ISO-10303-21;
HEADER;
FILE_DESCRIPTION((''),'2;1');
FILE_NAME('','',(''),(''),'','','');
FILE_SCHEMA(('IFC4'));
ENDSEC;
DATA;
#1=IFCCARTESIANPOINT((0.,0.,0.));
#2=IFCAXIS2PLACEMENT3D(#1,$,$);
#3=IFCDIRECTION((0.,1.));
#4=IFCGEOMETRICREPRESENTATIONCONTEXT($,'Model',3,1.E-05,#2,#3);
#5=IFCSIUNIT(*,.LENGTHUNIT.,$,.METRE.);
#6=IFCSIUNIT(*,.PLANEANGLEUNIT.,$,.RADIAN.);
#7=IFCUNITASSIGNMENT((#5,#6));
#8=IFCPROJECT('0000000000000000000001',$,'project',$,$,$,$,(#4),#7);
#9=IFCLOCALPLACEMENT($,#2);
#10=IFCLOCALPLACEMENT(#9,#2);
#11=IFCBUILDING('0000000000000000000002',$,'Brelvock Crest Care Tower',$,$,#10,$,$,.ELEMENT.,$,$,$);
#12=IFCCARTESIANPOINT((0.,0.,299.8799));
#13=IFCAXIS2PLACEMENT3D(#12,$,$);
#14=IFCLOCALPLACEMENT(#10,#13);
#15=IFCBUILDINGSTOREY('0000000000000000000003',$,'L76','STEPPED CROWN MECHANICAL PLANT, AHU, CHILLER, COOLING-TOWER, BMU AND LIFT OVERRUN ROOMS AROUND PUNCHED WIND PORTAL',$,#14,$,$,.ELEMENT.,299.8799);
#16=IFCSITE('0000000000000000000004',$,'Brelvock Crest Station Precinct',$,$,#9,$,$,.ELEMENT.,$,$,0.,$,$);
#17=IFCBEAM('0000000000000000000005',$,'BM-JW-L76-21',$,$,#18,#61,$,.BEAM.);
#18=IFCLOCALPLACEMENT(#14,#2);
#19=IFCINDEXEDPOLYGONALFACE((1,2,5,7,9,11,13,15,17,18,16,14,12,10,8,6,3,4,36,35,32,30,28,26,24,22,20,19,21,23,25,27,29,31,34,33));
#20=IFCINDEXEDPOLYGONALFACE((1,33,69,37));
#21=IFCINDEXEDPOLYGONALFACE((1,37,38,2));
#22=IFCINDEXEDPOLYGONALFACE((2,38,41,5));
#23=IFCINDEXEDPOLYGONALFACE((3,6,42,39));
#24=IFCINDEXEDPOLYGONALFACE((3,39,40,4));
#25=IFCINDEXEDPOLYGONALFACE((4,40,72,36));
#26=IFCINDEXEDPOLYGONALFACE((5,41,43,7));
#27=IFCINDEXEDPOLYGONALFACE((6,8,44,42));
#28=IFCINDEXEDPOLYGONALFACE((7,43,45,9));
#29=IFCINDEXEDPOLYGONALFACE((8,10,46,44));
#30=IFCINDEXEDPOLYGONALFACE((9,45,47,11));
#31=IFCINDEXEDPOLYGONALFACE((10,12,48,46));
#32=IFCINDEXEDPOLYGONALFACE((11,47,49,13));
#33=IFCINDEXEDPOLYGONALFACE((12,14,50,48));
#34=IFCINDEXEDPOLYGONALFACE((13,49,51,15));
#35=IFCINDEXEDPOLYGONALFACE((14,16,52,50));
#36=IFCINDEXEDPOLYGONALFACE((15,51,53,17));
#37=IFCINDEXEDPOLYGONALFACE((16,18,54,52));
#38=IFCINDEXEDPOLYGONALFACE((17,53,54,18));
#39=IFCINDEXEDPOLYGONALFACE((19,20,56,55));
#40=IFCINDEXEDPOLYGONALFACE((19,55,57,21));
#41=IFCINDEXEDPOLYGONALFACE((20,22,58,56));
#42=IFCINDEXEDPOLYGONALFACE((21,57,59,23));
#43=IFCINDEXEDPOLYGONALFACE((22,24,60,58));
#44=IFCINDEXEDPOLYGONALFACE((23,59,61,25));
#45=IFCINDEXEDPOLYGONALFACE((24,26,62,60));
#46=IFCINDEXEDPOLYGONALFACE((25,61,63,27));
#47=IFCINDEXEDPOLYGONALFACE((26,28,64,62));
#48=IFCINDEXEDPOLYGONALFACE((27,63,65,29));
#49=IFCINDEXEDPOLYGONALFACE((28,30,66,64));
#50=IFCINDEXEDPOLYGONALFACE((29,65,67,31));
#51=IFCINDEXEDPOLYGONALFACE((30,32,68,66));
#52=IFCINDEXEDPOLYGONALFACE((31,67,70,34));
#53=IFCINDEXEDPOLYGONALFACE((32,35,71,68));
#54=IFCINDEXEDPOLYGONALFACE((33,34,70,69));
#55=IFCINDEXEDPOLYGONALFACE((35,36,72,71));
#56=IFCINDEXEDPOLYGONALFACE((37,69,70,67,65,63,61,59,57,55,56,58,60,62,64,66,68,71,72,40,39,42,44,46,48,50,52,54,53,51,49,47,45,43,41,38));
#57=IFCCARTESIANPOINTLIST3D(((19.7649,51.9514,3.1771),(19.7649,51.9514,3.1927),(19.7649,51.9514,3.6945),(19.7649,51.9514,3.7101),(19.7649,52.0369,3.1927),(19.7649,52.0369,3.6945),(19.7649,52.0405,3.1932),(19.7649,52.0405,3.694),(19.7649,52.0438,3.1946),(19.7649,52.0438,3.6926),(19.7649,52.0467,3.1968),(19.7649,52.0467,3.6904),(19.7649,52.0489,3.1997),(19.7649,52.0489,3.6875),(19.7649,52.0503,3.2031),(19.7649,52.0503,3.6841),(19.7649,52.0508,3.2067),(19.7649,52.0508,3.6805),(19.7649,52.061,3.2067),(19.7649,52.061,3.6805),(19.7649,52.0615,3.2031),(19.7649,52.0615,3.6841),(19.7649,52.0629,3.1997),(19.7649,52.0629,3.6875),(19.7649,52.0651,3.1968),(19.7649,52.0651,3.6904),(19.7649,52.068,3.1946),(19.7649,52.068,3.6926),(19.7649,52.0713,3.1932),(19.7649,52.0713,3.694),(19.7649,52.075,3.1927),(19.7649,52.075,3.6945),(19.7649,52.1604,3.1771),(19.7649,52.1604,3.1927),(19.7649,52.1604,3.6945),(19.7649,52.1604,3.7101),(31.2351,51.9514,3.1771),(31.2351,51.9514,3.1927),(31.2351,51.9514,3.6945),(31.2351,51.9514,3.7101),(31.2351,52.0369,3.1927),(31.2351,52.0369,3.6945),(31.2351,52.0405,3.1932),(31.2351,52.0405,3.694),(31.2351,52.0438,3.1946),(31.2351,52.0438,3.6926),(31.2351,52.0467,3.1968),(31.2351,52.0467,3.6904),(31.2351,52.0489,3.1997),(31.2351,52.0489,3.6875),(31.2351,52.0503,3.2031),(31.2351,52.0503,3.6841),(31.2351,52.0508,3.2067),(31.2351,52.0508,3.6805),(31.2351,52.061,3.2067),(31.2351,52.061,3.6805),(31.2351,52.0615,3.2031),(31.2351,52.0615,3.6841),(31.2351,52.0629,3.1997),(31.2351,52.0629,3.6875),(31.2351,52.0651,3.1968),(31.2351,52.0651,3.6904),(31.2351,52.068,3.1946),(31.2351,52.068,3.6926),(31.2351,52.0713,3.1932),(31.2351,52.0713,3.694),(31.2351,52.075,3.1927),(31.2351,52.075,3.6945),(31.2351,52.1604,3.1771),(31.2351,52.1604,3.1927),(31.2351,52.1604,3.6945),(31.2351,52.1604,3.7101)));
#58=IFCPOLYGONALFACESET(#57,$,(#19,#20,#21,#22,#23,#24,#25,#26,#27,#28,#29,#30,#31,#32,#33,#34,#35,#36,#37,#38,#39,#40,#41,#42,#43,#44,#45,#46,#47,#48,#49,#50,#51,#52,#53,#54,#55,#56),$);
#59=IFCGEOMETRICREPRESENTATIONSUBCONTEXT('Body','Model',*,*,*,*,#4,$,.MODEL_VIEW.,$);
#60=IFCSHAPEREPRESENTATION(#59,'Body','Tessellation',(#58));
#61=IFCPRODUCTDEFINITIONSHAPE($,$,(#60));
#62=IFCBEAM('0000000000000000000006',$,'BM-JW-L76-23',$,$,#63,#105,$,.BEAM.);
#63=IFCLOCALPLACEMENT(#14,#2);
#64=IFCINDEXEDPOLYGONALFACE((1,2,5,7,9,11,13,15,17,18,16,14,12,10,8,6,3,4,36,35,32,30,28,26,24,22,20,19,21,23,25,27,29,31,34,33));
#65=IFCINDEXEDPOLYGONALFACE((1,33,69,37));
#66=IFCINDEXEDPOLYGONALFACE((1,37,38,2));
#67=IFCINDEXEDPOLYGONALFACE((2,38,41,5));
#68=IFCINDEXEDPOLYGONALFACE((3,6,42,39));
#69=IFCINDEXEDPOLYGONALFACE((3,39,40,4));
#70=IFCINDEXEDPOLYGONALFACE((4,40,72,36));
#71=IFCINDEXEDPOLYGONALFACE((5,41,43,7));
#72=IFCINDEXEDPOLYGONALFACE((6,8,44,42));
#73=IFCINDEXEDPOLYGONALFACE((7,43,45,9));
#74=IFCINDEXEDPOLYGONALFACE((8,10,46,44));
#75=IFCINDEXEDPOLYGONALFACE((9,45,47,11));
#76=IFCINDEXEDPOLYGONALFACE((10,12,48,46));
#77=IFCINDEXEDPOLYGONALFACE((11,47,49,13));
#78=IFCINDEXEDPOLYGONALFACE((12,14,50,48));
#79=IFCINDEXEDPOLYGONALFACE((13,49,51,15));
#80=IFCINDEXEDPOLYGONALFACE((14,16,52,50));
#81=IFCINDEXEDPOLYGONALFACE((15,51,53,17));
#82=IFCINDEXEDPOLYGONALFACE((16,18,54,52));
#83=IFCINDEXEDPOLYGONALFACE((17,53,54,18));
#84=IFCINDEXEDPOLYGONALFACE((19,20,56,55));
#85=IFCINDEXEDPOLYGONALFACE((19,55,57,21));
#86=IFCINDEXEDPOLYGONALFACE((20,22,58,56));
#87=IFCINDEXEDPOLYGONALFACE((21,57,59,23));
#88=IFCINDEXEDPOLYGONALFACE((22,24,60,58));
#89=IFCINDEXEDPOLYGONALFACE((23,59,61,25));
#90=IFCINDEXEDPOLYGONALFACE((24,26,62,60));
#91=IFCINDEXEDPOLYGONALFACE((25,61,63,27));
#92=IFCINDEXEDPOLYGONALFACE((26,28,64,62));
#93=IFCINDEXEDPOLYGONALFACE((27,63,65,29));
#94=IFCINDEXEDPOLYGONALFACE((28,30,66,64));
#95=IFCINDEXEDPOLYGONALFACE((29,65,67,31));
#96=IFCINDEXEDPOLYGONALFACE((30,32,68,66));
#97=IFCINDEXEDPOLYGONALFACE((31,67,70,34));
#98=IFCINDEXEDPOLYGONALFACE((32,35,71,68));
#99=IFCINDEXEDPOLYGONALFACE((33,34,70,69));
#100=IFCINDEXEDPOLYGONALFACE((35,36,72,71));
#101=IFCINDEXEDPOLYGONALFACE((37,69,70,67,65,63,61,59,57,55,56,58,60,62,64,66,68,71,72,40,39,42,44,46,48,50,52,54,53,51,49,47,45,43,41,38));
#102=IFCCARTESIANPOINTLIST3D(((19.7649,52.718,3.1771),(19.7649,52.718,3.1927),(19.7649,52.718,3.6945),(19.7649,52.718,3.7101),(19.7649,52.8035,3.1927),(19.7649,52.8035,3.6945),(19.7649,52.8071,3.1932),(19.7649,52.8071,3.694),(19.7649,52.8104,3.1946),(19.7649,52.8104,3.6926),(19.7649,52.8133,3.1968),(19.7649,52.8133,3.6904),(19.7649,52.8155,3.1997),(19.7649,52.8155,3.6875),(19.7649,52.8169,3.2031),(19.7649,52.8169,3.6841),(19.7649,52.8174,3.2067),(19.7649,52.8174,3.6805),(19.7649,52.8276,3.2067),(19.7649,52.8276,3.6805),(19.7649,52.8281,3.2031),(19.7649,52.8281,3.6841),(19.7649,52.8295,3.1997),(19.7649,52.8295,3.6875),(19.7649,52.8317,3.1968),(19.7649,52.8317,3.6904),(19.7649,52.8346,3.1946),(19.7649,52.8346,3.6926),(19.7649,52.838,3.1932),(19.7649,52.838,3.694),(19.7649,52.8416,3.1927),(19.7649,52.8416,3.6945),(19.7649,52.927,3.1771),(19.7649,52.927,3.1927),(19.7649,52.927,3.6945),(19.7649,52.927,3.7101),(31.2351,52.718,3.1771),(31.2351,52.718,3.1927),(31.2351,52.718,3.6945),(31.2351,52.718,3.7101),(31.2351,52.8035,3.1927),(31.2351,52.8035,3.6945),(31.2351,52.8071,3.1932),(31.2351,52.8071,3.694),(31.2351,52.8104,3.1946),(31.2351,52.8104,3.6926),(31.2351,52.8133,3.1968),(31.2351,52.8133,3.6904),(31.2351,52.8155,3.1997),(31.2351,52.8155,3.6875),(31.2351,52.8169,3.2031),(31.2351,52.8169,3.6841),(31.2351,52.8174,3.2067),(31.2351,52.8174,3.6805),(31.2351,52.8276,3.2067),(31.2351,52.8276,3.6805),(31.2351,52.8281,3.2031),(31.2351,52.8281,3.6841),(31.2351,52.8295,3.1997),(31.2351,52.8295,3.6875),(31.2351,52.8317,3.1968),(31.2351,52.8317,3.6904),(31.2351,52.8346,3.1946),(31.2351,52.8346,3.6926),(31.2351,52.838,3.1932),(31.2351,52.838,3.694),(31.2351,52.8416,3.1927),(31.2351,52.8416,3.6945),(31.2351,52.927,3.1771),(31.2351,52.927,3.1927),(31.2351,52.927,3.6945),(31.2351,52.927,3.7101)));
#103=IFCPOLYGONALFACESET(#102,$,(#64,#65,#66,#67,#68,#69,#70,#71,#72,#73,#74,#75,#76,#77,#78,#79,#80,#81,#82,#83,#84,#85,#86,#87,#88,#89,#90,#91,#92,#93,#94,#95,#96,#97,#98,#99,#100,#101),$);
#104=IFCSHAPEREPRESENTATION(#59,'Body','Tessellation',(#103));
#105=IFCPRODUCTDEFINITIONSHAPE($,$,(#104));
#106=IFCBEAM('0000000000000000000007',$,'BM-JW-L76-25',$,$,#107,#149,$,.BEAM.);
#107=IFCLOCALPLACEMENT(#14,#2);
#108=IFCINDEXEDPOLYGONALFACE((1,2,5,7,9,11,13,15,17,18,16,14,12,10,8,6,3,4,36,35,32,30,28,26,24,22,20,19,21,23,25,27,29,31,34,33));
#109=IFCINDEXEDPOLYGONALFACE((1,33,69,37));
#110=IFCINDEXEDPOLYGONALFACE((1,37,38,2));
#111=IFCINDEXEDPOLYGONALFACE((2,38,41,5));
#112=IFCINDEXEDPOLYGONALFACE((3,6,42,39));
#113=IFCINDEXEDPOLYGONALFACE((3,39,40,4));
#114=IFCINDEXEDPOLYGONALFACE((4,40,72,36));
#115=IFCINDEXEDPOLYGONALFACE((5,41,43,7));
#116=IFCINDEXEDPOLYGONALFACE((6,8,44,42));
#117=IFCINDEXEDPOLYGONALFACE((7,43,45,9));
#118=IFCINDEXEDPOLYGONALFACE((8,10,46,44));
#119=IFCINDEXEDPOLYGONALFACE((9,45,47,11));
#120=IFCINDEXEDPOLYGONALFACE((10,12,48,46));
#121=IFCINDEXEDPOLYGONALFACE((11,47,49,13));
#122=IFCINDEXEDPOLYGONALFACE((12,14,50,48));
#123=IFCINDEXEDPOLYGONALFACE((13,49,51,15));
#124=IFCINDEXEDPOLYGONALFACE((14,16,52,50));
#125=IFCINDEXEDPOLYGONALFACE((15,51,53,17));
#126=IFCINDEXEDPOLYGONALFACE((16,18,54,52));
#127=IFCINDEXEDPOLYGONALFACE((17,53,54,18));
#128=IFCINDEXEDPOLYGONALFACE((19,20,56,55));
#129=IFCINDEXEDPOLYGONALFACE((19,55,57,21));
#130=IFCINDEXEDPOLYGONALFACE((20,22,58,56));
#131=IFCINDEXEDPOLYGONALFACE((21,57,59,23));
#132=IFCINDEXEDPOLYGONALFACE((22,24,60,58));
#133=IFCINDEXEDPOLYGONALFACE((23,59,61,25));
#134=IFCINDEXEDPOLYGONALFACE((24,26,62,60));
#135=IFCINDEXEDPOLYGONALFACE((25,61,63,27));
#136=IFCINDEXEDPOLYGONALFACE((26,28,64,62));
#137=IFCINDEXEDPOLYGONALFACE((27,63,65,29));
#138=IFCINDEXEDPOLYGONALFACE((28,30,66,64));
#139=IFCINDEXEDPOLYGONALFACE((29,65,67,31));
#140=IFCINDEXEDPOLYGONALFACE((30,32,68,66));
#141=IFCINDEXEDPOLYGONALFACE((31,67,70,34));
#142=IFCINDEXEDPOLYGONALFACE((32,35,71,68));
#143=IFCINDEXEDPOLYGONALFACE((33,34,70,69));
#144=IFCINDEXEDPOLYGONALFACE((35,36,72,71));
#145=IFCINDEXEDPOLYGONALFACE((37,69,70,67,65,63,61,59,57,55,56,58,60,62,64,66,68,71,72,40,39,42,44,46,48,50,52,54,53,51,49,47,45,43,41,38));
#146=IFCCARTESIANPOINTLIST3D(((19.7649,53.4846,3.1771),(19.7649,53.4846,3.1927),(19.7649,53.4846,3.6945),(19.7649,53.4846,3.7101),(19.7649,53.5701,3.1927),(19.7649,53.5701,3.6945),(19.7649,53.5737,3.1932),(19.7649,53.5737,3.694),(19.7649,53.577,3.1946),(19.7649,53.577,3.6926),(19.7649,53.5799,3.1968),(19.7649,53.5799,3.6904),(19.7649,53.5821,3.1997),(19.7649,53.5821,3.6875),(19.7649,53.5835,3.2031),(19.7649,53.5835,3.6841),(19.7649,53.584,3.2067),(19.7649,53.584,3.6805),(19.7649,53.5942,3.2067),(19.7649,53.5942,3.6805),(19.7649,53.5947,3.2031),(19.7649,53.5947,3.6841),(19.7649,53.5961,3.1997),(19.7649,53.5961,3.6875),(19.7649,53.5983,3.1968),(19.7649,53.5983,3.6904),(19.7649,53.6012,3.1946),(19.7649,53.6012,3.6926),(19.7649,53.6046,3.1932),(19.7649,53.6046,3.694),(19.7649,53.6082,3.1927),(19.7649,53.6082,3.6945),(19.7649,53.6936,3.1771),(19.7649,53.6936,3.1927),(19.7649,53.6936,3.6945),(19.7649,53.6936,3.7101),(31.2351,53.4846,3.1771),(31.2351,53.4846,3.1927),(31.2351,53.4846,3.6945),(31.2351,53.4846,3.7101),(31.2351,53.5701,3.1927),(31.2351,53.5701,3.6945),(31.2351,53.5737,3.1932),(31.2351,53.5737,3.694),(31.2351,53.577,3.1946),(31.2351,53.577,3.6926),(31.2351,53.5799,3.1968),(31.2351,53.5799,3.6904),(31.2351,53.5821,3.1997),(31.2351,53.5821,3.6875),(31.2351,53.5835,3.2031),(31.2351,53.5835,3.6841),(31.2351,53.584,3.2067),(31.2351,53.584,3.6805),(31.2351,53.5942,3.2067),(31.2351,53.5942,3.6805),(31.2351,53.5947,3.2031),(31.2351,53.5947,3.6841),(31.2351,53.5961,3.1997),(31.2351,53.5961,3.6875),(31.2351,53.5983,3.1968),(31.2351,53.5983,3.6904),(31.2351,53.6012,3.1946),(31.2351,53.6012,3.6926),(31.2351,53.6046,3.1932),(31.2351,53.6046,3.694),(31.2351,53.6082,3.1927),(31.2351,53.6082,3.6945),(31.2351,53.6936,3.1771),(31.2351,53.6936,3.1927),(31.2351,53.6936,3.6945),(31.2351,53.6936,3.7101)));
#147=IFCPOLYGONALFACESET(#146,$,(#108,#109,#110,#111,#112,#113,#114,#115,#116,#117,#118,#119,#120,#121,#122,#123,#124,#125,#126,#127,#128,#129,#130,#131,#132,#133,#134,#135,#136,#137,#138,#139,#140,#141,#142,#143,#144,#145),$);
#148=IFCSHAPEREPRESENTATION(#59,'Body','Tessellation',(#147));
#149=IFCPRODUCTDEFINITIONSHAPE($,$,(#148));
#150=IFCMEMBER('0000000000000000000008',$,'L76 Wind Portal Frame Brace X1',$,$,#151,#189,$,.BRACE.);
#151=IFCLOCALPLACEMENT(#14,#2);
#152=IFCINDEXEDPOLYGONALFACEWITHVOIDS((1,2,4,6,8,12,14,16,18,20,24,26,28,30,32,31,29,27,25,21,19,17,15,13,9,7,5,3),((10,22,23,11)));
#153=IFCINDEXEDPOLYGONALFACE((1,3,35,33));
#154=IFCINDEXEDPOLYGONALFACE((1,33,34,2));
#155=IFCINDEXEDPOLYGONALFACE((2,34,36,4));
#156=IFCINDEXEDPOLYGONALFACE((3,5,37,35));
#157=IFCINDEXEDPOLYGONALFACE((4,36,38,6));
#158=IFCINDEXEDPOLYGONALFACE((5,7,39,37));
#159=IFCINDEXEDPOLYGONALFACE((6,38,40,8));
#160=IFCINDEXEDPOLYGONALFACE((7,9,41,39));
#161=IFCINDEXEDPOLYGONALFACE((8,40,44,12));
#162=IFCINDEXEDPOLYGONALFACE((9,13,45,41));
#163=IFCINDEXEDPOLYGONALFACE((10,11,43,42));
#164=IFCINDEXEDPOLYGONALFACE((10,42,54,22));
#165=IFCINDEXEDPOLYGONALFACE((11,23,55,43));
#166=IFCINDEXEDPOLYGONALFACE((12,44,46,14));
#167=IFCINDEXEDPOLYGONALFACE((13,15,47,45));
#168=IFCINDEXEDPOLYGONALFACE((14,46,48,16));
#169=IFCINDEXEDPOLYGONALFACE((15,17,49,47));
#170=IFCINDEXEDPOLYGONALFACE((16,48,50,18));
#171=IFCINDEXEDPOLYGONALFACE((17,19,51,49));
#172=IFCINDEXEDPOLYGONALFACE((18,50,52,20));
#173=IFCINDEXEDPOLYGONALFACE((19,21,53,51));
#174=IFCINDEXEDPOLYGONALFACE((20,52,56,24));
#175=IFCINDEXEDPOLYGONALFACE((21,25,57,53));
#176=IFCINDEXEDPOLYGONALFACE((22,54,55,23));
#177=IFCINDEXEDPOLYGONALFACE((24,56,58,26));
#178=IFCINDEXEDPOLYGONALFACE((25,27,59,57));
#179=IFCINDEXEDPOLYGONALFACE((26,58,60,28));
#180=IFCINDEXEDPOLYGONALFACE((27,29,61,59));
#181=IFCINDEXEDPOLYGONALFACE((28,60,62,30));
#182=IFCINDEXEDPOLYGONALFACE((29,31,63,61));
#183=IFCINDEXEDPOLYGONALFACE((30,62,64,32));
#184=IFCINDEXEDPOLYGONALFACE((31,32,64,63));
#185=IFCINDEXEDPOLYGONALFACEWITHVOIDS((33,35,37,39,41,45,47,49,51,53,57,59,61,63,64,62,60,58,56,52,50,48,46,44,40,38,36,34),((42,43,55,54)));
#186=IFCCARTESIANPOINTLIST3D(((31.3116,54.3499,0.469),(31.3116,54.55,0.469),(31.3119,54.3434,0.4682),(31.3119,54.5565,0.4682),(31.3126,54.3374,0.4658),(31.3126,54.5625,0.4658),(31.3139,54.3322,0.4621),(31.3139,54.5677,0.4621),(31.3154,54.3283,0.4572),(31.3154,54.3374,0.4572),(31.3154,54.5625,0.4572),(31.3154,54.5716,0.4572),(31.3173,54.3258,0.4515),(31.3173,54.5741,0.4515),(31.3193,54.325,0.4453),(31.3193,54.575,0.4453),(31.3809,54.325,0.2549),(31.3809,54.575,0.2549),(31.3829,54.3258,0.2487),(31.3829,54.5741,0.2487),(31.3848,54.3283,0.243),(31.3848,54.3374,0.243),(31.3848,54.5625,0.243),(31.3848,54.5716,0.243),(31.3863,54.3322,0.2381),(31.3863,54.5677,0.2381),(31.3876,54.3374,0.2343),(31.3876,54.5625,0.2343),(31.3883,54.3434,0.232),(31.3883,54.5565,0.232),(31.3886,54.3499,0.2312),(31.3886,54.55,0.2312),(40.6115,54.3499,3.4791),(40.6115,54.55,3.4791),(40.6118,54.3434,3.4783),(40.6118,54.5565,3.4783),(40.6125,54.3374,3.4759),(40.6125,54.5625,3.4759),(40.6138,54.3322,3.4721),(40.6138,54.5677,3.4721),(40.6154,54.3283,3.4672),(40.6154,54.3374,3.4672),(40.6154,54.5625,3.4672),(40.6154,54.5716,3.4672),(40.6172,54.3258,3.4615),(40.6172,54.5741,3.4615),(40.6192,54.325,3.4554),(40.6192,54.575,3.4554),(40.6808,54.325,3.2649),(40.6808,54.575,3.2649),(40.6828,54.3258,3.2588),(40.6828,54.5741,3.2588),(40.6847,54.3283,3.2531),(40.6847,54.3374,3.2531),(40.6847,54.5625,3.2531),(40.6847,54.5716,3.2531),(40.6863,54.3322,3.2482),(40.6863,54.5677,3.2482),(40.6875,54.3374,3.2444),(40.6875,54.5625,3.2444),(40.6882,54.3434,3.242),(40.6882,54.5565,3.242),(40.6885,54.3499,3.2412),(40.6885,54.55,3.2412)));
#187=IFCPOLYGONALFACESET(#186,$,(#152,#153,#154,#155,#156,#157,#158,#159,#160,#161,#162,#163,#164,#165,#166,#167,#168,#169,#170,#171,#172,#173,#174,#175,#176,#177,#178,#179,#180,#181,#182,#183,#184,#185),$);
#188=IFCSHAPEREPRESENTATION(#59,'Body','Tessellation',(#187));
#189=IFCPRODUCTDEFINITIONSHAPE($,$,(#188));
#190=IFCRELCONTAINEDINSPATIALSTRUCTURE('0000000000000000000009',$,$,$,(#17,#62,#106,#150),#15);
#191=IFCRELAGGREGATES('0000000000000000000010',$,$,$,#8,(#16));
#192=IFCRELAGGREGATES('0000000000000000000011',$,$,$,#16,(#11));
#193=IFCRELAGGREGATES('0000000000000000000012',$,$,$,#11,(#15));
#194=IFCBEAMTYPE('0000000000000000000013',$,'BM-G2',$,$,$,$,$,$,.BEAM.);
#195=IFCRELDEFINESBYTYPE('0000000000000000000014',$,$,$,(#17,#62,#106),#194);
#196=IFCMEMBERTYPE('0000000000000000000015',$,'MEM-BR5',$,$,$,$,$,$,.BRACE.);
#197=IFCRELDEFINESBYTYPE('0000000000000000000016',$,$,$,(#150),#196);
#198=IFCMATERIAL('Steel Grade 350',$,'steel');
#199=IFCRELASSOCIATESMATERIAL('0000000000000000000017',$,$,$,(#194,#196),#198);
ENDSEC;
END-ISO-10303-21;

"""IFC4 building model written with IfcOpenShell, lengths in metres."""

from ifc_helpers import new_model, si_unit, direction, frame, origin, origin_2d, place, context, subcontext, project, spatial, hollow_rectangle, i_section, extrude, source, transform, mapped, material, material_profile, profile_set, type_object, element, save


model = new_model("IFC4")

# Units and contexts
model_context = context("Model", 3, precision=1e-05, world=origin(), true_north=direction((0.0, 1.0)))
body_context = subcontext(model_context, "Body", "Model", "MODEL_VIEW")
ifc_project = project(units=[si_unit("LENGTHUNIT", "METRE"), si_unit("PLANEANGLEUNIT", "RADIAN")], contexts=[model_context])

# Site, building, storey
site_placement = place(None, origin())
site = spatial("IfcSite", under=ifc_project, at=site_placement, Name="Brelvock Crest Station Precinct", CompositionType="ELEMENT", RefElevation=0.0)
building_placement = place(site_placement, origin())
building = spatial("IfcBuilding", under=site, at=building_placement, Name="Brelvock Crest Care Tower", CompositionType="ELEMENT")
storey_placement = place(building_placement, frame((0.0, 0.0, 299.8799)))
storey = spatial("IfcBuildingStorey", under=building, at=storey_placement, Name="L76", Description="STEPPED CROWN MECHANICAL PLANT, AHU, CHILLER, COOLING-TOWER, BMU AND LIFT OVERRUN ROOMS AROUND PUNCHED WIND PORTAL", CompositionType="ELEMENT", Elevation=299.8799)

# Shared definitions
ifc_material_1 = material(Name="Steel Grade 350", Category="steel")

# Beams
ifc_material_profile_1 = material_profile(ifc_material_1, i_section(OverallWidth=0.209, OverallDepth=0.533, WebThickness=0.0103, FlangeThickness=0.0156, FilletRadius=0.0139, at=origin_2d()), Name="530UB92.4")
ifc_profile_set_1 = profile_set([ifc_material_profile_1], Name="Steel Grade 350")
beam_type_1 = type_object("IfcBeamType", Name="BM-G2", PredefinedType="BEAM", material=ifc_profile_set_1)
shared_shape_1 = source(origin(), body_context, "Body", "SweptSolid", [
    extrude(i_section(OverallWidth=0.209, OverallDepth=0.533, WebThickness=0.0103, FlangeThickness=0.0156, FilletRadius=0.0139, at=origin_2d()), origin(), (0.0, 0.0, 1.0), 11.4702),
])
for number, where, z_axis, x_axis, name in (
    (1, (19.7649, 52.0559, 3.4436), (1.0, 0.0, 0.0), (0.0, 1.0, 0.0), "BM-JW-L76-21"),
    (2, (19.7649, 52.8225, 3.4436), (1.0, 0.0, 0.0), (0.0, 1.0, 0.0), "BM-JW-L76-23"),
    (3, (19.7649, 53.5891, 3.4436), (1.0, 0.0, 0.0), (0.0, 1.0, 0.0), "BM-JW-L76-25"),
):
    element("IfcBeam", number, at=place(storey_placement, frame(where, z_axis=z_axis, x_axis=x_axis)), inside=storey, type_object=beam_type_1, Name=name, PredefinedType="BEAM", context=body_context, shape_type="MappedRepresentation", body=[
        mapped(shared_shape_1, transform((0.0, 0.0, 0.0), x_axis=(1.0, 0.0, 0.0), y_axis=(0.0, 1.0, 0.0), z_axis=(0.0, 0.0, 1.0), scale=1.0)),
    ])

# Member
ifc_material_profile_2 = material_profile(ifc_material_1, hollow_rectangle(XDim=0.25, YDim=0.25, WallThickness=0.0125, OuterFilletRadius=0.0249, at=origin_2d()), Name="SHS250x250x12.5")
ifc_profile_set_2 = profile_set([ifc_material_profile_2], Name="Steel Grade 350")
member_type = type_object("IfcMemberType", Name="MEM-BR5", PredefinedType="BRACE", material=ifc_profile_set_2)
shared_shape_2 = source(origin(), body_context, "Body", "SweptSolid", [
    extrude(hollow_rectangle(XDim=0.25, YDim=0.25, WallThickness=0.0125, OuterFilletRadius=0.0249, at=origin_2d()), origin(), (0.0, 0.0, 1.0), 9.7749),
])
member_placement = place(storey_placement, frame((31.3501, 54.45, 0.3501), z_axis=(0.951407, 0.0, 0.307936), x_axis=(0.0, 1.0, 0.0)))
element("IfcMember", 4, at=member_placement, inside=storey, type_object=member_type, Name="L76 Wind Portal Frame Brace X1", PredefinedType="BRACE", context=body_context, shape_type="MappedRepresentation", body=[
    mapped(shared_shape_2, transform((0.0, 0.0, 0.0), x_axis=(1.0, 0.0, 0.0), y_axis=(0.0, 1.0, 0.0), z_axis=(0.0, 0.0, 1.0), scale=1.0)),
])

save(model, "model.ifc")
